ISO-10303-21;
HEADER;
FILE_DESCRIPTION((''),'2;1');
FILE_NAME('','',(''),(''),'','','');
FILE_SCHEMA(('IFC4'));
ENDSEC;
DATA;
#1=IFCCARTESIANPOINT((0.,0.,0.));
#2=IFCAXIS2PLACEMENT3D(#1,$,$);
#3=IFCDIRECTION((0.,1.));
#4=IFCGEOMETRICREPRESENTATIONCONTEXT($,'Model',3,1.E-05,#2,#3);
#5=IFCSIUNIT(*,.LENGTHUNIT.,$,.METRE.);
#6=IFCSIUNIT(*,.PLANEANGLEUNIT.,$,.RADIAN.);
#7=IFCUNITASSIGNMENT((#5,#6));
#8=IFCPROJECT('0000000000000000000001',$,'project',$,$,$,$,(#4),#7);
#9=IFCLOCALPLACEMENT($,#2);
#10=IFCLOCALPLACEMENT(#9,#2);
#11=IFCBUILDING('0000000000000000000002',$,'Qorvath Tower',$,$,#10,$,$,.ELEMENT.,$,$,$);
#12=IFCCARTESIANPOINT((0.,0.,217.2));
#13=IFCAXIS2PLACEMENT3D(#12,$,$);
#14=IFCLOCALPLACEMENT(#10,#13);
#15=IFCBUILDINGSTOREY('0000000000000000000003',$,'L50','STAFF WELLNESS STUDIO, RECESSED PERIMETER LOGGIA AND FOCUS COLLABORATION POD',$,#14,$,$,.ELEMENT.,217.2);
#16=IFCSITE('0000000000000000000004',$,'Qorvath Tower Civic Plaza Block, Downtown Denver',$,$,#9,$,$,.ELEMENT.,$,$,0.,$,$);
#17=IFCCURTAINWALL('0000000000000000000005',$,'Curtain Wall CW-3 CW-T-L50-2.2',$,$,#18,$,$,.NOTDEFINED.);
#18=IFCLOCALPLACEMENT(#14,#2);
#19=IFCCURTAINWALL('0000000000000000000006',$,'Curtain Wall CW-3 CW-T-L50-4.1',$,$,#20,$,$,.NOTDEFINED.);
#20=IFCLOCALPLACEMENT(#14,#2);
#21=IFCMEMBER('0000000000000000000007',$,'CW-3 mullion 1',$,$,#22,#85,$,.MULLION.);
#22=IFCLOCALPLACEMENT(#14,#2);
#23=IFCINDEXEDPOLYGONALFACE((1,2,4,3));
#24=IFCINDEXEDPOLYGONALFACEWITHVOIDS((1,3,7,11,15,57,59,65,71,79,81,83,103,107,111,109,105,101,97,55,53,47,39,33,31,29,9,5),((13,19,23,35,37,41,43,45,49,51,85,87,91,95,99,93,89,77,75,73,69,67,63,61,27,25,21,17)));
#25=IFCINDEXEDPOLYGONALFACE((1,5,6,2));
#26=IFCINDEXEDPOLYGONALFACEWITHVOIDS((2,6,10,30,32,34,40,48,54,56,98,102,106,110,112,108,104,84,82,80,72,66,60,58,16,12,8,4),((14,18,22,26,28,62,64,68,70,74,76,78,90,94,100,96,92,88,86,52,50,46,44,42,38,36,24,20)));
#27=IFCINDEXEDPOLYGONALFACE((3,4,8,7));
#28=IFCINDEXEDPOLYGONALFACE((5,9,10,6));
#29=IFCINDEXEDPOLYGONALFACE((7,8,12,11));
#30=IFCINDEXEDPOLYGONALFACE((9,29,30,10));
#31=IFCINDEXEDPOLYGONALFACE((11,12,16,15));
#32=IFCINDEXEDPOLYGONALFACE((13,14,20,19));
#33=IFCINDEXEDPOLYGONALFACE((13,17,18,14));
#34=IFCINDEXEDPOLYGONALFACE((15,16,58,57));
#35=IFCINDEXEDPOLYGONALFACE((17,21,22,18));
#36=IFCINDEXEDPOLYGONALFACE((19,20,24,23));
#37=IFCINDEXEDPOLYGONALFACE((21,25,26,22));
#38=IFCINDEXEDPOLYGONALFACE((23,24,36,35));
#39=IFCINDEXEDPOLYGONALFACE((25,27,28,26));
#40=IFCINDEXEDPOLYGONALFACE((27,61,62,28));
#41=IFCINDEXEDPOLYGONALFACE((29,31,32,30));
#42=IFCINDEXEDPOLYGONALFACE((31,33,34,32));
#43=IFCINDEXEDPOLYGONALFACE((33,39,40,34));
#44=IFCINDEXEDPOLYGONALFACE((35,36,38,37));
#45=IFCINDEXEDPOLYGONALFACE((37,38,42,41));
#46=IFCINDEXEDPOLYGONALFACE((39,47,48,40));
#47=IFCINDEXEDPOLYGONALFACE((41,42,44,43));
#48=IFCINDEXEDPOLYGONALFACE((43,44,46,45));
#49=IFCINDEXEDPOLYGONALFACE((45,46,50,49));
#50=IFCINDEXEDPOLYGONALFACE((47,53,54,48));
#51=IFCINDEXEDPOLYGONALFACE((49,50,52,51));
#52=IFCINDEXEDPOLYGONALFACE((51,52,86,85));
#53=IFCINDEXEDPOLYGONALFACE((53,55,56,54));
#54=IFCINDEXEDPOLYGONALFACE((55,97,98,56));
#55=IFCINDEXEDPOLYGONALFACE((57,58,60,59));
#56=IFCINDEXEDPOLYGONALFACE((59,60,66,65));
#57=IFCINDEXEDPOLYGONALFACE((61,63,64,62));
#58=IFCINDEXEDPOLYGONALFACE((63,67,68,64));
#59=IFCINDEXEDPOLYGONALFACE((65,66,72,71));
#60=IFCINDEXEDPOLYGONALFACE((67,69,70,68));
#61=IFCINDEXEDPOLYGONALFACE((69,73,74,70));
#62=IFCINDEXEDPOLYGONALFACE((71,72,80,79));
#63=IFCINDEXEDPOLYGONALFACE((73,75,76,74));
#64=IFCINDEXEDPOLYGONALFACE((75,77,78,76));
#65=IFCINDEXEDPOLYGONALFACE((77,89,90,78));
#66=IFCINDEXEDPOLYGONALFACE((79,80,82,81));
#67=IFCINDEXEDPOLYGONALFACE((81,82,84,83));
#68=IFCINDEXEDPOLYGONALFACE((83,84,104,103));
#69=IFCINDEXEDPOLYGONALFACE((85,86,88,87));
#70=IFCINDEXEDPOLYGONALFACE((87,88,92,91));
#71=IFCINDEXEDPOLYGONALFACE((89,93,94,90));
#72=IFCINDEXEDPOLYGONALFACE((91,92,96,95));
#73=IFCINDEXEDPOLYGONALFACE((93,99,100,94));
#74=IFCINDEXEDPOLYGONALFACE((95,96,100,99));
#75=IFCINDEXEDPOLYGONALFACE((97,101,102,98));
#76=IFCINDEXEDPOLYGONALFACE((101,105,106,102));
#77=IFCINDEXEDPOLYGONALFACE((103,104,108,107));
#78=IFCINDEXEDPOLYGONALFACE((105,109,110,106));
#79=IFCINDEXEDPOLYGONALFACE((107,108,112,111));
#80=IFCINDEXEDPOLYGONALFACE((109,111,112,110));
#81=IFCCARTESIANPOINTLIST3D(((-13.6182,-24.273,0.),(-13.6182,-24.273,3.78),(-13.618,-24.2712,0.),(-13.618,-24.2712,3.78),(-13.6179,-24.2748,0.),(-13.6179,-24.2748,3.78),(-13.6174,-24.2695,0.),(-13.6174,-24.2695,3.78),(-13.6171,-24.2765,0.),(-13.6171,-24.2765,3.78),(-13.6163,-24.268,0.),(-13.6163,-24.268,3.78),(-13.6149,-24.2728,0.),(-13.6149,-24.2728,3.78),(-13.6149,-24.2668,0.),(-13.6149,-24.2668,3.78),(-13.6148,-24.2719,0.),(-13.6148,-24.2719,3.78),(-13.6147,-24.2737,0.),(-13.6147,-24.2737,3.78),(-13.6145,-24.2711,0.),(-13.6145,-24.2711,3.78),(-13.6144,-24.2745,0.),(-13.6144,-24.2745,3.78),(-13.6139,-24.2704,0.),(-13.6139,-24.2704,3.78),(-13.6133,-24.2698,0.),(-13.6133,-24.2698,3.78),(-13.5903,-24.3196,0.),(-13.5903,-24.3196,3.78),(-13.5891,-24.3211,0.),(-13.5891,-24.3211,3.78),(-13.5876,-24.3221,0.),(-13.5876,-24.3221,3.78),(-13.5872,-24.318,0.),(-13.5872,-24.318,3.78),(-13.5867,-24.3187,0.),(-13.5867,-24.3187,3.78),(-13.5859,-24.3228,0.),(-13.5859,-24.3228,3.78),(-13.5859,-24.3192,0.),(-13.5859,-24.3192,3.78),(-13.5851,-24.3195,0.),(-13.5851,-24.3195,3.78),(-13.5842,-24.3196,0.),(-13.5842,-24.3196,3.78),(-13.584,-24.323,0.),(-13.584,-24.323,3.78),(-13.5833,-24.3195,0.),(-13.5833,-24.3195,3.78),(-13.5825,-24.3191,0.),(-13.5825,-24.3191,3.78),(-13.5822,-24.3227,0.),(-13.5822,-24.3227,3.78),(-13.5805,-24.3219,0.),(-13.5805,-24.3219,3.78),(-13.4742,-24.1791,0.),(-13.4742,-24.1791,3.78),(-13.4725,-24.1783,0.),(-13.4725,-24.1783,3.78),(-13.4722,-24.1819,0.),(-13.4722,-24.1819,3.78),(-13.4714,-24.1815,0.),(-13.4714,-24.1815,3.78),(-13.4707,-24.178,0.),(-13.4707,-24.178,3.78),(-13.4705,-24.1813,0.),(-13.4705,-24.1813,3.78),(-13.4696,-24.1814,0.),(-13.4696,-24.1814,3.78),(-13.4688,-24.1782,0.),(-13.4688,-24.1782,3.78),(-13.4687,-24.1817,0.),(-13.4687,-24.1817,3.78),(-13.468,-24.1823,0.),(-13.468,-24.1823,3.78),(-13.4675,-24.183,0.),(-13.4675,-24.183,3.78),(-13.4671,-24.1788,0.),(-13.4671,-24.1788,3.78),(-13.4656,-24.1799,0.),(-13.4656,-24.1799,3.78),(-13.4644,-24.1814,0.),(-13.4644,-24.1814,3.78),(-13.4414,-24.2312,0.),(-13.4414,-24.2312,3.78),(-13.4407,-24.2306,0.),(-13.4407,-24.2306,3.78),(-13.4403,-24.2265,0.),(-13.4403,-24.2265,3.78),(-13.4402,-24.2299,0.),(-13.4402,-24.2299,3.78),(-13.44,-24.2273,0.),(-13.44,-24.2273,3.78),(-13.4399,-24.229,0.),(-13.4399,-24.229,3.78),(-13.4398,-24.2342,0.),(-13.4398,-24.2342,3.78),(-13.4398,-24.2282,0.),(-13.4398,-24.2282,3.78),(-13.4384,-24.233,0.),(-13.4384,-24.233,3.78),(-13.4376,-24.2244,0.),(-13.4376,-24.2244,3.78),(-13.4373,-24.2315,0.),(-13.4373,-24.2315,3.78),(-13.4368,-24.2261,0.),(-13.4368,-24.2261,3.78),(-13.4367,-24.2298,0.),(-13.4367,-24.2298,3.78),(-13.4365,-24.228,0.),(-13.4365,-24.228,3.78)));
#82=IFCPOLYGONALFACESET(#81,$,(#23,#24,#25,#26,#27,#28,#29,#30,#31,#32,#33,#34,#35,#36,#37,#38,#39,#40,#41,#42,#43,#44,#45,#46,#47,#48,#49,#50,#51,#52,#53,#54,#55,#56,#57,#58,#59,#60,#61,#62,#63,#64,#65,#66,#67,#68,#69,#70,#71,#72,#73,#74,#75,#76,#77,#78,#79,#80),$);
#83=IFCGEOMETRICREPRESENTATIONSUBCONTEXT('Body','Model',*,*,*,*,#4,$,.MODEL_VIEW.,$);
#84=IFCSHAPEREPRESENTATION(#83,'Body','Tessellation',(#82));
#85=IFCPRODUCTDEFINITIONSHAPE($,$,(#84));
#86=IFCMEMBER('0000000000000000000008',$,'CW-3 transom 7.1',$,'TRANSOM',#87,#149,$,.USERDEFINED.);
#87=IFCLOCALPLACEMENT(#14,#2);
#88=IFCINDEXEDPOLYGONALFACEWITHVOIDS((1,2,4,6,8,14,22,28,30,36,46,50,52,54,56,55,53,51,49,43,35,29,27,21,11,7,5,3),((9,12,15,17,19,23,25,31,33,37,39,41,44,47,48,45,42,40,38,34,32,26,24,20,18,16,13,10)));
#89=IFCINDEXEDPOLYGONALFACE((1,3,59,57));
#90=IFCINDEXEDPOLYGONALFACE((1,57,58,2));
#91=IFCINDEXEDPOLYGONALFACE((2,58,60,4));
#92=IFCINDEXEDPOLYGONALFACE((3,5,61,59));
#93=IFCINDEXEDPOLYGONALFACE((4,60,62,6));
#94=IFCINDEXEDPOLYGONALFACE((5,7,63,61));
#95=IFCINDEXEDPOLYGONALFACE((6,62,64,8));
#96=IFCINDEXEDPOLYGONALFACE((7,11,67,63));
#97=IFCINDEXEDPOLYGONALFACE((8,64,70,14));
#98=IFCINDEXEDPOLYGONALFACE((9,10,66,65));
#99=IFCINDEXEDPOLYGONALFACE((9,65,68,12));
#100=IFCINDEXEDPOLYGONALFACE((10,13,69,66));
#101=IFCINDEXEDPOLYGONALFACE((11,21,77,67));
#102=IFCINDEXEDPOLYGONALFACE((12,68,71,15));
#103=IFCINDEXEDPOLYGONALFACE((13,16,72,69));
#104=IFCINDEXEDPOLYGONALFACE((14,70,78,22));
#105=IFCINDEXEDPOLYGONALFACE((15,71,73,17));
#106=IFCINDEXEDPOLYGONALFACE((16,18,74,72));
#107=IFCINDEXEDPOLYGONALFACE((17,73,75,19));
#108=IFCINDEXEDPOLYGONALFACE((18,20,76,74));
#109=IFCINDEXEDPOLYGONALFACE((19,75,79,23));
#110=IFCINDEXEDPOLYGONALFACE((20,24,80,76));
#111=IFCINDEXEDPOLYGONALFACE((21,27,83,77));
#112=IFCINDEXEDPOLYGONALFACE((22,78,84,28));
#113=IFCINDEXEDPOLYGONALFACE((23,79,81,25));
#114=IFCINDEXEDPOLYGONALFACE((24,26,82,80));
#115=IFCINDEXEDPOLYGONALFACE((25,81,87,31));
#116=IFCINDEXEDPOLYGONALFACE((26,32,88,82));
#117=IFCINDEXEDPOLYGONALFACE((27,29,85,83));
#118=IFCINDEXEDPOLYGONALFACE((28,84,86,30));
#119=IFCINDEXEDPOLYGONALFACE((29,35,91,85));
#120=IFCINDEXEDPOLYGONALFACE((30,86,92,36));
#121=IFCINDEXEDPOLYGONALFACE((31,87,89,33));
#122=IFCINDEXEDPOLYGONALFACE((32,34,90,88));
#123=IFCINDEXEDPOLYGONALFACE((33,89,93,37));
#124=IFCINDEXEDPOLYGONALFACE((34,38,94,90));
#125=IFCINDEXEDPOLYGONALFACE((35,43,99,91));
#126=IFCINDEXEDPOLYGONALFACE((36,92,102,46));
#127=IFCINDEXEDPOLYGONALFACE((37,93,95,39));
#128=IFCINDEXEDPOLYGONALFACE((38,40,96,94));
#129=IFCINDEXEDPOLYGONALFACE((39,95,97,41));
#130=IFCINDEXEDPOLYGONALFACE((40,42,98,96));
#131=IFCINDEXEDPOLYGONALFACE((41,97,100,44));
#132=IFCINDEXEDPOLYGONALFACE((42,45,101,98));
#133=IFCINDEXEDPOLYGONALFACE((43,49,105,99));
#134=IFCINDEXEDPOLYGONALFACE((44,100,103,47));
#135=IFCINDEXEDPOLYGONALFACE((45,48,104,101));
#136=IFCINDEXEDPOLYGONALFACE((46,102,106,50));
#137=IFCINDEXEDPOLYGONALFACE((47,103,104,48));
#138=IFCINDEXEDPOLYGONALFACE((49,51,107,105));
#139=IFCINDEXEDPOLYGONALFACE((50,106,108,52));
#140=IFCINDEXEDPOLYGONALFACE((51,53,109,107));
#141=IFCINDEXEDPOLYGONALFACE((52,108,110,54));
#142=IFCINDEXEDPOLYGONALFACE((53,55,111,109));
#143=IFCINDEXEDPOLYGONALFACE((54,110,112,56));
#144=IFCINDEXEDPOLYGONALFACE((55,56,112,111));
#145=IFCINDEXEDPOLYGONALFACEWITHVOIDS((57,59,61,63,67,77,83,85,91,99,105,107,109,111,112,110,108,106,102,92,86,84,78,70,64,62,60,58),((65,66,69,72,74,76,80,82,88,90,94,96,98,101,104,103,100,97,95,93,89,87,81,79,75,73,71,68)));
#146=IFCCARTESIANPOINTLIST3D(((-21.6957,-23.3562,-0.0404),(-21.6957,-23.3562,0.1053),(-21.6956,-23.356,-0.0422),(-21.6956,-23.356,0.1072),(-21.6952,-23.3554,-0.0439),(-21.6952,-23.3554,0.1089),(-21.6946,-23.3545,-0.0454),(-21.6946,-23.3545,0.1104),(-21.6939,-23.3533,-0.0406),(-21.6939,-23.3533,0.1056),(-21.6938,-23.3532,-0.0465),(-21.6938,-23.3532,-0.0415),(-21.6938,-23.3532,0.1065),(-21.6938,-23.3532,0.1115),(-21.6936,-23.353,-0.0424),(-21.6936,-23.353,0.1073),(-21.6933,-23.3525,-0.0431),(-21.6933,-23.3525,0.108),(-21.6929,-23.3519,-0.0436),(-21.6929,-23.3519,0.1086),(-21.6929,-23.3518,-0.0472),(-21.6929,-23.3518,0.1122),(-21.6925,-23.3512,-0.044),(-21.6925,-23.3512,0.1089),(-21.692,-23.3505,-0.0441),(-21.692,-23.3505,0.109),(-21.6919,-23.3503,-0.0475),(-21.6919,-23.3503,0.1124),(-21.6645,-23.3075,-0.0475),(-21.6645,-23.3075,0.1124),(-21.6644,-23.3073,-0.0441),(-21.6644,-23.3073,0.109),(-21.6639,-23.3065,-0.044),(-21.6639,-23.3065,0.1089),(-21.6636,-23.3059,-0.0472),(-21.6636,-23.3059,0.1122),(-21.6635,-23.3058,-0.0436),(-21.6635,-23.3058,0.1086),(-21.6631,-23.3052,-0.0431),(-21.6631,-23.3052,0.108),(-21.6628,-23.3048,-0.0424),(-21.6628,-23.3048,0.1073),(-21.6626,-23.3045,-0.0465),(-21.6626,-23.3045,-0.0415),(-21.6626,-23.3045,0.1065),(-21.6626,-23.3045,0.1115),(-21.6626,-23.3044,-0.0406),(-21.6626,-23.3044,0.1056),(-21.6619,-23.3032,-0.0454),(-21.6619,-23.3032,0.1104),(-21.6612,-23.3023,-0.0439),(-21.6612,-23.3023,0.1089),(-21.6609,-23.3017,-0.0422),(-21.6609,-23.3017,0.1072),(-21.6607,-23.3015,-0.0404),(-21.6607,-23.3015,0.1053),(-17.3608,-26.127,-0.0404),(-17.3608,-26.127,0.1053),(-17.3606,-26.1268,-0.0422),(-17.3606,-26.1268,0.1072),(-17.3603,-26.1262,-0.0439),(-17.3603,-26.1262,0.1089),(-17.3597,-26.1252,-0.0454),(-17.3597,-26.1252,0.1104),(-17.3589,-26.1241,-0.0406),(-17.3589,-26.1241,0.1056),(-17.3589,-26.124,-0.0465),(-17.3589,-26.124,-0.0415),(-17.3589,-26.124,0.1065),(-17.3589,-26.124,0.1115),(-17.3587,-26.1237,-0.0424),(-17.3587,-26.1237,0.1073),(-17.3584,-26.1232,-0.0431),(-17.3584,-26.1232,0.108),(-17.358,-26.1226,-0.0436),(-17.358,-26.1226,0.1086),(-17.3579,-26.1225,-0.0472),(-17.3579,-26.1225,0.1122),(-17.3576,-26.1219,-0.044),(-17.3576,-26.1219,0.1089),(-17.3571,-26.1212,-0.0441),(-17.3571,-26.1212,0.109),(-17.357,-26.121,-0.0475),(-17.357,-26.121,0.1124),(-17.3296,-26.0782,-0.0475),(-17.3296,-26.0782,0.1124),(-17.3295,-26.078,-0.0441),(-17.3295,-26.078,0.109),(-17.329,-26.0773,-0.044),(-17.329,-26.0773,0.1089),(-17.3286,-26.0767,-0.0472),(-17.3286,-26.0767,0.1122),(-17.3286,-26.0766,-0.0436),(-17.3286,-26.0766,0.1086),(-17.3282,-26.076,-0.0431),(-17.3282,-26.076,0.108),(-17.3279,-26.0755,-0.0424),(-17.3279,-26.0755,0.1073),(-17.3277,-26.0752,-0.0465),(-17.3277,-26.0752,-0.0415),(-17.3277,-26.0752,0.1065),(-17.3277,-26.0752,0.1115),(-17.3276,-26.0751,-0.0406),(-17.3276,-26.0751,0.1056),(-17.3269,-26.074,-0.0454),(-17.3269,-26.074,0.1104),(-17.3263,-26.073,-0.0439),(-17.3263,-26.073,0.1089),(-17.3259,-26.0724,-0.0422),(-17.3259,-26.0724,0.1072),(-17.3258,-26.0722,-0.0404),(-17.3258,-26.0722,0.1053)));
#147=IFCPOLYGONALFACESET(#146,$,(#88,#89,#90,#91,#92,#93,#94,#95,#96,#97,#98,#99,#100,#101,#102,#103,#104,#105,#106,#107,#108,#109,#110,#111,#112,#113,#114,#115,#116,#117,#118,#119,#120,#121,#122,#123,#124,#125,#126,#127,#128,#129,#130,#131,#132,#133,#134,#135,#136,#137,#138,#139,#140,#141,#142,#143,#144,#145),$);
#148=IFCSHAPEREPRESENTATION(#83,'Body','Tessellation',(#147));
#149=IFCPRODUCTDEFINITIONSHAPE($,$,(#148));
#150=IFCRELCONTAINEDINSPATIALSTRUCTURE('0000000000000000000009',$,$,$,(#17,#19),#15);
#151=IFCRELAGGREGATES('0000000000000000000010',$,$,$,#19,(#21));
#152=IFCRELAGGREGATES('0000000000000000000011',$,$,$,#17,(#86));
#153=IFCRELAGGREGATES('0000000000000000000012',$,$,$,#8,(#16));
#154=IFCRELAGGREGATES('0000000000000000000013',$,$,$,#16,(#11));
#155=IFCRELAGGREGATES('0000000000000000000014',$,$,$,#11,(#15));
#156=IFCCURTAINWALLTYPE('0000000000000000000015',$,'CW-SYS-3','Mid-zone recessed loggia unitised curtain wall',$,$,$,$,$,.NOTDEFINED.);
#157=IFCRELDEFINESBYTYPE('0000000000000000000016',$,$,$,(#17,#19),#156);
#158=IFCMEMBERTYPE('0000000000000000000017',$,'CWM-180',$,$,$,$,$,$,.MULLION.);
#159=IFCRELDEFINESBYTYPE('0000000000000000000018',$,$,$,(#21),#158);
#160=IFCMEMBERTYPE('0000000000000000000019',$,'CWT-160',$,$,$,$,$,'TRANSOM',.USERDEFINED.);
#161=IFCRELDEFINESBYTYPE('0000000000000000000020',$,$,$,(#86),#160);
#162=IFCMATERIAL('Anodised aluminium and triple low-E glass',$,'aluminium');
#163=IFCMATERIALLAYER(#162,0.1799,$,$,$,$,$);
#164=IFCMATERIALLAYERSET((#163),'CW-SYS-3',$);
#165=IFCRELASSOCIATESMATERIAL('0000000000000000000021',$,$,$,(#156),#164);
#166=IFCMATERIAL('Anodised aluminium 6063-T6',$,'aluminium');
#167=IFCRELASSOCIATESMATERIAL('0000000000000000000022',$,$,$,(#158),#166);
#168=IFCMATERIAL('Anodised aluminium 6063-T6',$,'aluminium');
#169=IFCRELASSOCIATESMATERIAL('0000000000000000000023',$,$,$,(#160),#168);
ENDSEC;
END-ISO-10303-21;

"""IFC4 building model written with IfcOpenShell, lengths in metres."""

from ifc_helpers import new_model, si_unit, direction, frame, origin, origin_2d, place, context, subcontext, project, spatial, hollow_rectangle, extrude, material, layer, layer_set, material_profile, profile_set, type_object, element, aggregate, save


model = new_model("IFC4")

# Units and contexts
model_context = context("Model", 3, precision=1e-05, world=origin(), true_north=direction((0.0, 1.0)))
body_context = subcontext(model_context, "Body", "Model", "MODEL_VIEW")
ifc_project = project(units=[si_unit("LENGTHUNIT", "METRE"), si_unit("PLANEANGLEUNIT", "RADIAN")], contexts=[model_context])

# Site, building, storey
site_placement = place(None, origin())
site = spatial("IfcSite", under=ifc_project, at=site_placement, Name="Qorvath Tower Civic Plaza Block, Downtown Denver", CompositionType="ELEMENT", RefElevation=0.0)
building_placement = place(site_placement, origin())
building = spatial("IfcBuilding", under=site, at=building_placement, Name="Qorvath Tower", CompositionType="ELEMENT")
storey_placement = place(building_placement, frame((0.0, 0.0, 217.2)))
storey = spatial("IfcBuildingStorey", under=building, at=storey_placement, Name="L50", Description="STAFF WELLNESS STUDIO, RECESSED PERIMETER LOGGIA AND FOCUS COLLABORATION POD", CompositionType="ELEMENT", Elevation=217.2)

# Curtain wall
ifc_material_1 = material(Name="Anodised aluminium and triple low-E glass", Category="aluminium")
ifc_layer_1 = layer(ifc_material_1, 0.1799)
ifc_layer_set_1 = layer_set([ifc_layer_1], Name="CW-SYS-3")
curtain_wall_type = type_object("IfcCurtainWallType", Name="CW-SYS-3", Description="Mid-zone recessed loggia unitised curtain wall", PredefinedType="NOTDEFINED", material=ifc_layer_set_1)
curtain_wall_1_placement = place(storey_placement, origin())
curtain_wall_1 = element("IfcCurtainWall", 1, at=curtain_wall_1_placement, inside=storey, type_object=curtain_wall_type, Name="Curtain Wall CW-3 CW-T-L50-2.2", PredefinedType="NOTDEFINED")
ifc_material_2 = material(Name="Anodised aluminium 6063-T6", Category="aluminium")
ifc_material_profile_1 = material_profile(ifc_material_2, hollow_rectangle(XDim=0.0649, YDim=0.1799, WallThickness=0.0034, InnerFilletRadius=0.0034, OuterFilletRadius=0.0071, at=origin_2d()), Name="CWM 180x65")
ifc_profile_set_1 = profile_set([ifc_material_profile_1], Name="Anodised aluminium 6063-T6")
member_type_1 = type_object("IfcMemberType", Name="CWM-180", PredefinedType="MULLION", material=ifc_profile_set_1)

# Curtain wall, member
curtain_wall_2_placement = place(storey_placement, origin())
curtain_wall_2 = element("IfcCurtainWall", 2, at=curtain_wall_2_placement, inside=storey, type_object=curtain_wall_type, Name="Curtain Wall CW-3 CW-T-L50-4.1", PredefinedType="NOTDEFINED")
member_1_placement = place(storey_placement, frame((-13.5273, -24.2505, 0.0), z_axis=(0.0, 0.0, 1.0), x_axis=(-0.528982, 0.848633, 0.0)))
member_1 = element("IfcMember", 3, at=member_1_placement, type_object=member_type_1, Name="CW-3 mullion 1", PredefinedType="MULLION", context=body_context, shape_type="SweptSolid", body=[
    extrude(hollow_rectangle(XDim=0.0649, YDim=0.1799, WallThickness=0.0034, InnerFilletRadius=0.0034, OuterFilletRadius=0.0071, at=origin_2d()), origin(), (0.0, 0.0, 1.0), 3.78),
])

# Member
ifc_material_3 = material(Name="Anodised aluminium 6063-T6", Category="aluminium")
ifc_material_profile_2 = material_profile(ifc_material_3, hollow_rectangle(XDim=0.0649, YDim=0.1599, WallThickness=0.0034, InnerFilletRadius=0.0034, OuterFilletRadius=0.0071, at=origin_2d()), Name="CWT 160x65")
ifc_profile_set_2 = profile_set([ifc_material_profile_2], Name="Anodised aluminium 6063-T6")
member_type_2 = type_object("IfcMemberType", Name="CWT-160", ElementType="TRANSOM", PredefinedType="USERDEFINED", material=ifc_profile_set_2)
member_2_placement = place(storey_placement, frame((-21.6782, -23.3289, 0.0325), z_axis=(0.842591, -0.538554, 0.0), x_axis=(0.538554, 0.842591, 0.0)))
member_2 = element("IfcMember", 4, at=member_2_placement, type_object=member_type_2, Name="CW-3 transom 7.1", ObjectType="TRANSOM", PredefinedType="USERDEFINED", context=body_context, shape_type="SweptSolid", body=[
    extrude(hollow_rectangle(XDim=0.0649, YDim=0.1599, WallThickness=0.0034, InnerFilletRadius=0.0034, OuterFilletRadius=0.0071, at=origin_2d()), origin(), (0.0, 0.0, 1.0), 5.1448),
])
aggregate(curtain_wall_2, [member_1])

aggregate(curtain_wall_1, [member_2])

save(model, "model.ifc")
